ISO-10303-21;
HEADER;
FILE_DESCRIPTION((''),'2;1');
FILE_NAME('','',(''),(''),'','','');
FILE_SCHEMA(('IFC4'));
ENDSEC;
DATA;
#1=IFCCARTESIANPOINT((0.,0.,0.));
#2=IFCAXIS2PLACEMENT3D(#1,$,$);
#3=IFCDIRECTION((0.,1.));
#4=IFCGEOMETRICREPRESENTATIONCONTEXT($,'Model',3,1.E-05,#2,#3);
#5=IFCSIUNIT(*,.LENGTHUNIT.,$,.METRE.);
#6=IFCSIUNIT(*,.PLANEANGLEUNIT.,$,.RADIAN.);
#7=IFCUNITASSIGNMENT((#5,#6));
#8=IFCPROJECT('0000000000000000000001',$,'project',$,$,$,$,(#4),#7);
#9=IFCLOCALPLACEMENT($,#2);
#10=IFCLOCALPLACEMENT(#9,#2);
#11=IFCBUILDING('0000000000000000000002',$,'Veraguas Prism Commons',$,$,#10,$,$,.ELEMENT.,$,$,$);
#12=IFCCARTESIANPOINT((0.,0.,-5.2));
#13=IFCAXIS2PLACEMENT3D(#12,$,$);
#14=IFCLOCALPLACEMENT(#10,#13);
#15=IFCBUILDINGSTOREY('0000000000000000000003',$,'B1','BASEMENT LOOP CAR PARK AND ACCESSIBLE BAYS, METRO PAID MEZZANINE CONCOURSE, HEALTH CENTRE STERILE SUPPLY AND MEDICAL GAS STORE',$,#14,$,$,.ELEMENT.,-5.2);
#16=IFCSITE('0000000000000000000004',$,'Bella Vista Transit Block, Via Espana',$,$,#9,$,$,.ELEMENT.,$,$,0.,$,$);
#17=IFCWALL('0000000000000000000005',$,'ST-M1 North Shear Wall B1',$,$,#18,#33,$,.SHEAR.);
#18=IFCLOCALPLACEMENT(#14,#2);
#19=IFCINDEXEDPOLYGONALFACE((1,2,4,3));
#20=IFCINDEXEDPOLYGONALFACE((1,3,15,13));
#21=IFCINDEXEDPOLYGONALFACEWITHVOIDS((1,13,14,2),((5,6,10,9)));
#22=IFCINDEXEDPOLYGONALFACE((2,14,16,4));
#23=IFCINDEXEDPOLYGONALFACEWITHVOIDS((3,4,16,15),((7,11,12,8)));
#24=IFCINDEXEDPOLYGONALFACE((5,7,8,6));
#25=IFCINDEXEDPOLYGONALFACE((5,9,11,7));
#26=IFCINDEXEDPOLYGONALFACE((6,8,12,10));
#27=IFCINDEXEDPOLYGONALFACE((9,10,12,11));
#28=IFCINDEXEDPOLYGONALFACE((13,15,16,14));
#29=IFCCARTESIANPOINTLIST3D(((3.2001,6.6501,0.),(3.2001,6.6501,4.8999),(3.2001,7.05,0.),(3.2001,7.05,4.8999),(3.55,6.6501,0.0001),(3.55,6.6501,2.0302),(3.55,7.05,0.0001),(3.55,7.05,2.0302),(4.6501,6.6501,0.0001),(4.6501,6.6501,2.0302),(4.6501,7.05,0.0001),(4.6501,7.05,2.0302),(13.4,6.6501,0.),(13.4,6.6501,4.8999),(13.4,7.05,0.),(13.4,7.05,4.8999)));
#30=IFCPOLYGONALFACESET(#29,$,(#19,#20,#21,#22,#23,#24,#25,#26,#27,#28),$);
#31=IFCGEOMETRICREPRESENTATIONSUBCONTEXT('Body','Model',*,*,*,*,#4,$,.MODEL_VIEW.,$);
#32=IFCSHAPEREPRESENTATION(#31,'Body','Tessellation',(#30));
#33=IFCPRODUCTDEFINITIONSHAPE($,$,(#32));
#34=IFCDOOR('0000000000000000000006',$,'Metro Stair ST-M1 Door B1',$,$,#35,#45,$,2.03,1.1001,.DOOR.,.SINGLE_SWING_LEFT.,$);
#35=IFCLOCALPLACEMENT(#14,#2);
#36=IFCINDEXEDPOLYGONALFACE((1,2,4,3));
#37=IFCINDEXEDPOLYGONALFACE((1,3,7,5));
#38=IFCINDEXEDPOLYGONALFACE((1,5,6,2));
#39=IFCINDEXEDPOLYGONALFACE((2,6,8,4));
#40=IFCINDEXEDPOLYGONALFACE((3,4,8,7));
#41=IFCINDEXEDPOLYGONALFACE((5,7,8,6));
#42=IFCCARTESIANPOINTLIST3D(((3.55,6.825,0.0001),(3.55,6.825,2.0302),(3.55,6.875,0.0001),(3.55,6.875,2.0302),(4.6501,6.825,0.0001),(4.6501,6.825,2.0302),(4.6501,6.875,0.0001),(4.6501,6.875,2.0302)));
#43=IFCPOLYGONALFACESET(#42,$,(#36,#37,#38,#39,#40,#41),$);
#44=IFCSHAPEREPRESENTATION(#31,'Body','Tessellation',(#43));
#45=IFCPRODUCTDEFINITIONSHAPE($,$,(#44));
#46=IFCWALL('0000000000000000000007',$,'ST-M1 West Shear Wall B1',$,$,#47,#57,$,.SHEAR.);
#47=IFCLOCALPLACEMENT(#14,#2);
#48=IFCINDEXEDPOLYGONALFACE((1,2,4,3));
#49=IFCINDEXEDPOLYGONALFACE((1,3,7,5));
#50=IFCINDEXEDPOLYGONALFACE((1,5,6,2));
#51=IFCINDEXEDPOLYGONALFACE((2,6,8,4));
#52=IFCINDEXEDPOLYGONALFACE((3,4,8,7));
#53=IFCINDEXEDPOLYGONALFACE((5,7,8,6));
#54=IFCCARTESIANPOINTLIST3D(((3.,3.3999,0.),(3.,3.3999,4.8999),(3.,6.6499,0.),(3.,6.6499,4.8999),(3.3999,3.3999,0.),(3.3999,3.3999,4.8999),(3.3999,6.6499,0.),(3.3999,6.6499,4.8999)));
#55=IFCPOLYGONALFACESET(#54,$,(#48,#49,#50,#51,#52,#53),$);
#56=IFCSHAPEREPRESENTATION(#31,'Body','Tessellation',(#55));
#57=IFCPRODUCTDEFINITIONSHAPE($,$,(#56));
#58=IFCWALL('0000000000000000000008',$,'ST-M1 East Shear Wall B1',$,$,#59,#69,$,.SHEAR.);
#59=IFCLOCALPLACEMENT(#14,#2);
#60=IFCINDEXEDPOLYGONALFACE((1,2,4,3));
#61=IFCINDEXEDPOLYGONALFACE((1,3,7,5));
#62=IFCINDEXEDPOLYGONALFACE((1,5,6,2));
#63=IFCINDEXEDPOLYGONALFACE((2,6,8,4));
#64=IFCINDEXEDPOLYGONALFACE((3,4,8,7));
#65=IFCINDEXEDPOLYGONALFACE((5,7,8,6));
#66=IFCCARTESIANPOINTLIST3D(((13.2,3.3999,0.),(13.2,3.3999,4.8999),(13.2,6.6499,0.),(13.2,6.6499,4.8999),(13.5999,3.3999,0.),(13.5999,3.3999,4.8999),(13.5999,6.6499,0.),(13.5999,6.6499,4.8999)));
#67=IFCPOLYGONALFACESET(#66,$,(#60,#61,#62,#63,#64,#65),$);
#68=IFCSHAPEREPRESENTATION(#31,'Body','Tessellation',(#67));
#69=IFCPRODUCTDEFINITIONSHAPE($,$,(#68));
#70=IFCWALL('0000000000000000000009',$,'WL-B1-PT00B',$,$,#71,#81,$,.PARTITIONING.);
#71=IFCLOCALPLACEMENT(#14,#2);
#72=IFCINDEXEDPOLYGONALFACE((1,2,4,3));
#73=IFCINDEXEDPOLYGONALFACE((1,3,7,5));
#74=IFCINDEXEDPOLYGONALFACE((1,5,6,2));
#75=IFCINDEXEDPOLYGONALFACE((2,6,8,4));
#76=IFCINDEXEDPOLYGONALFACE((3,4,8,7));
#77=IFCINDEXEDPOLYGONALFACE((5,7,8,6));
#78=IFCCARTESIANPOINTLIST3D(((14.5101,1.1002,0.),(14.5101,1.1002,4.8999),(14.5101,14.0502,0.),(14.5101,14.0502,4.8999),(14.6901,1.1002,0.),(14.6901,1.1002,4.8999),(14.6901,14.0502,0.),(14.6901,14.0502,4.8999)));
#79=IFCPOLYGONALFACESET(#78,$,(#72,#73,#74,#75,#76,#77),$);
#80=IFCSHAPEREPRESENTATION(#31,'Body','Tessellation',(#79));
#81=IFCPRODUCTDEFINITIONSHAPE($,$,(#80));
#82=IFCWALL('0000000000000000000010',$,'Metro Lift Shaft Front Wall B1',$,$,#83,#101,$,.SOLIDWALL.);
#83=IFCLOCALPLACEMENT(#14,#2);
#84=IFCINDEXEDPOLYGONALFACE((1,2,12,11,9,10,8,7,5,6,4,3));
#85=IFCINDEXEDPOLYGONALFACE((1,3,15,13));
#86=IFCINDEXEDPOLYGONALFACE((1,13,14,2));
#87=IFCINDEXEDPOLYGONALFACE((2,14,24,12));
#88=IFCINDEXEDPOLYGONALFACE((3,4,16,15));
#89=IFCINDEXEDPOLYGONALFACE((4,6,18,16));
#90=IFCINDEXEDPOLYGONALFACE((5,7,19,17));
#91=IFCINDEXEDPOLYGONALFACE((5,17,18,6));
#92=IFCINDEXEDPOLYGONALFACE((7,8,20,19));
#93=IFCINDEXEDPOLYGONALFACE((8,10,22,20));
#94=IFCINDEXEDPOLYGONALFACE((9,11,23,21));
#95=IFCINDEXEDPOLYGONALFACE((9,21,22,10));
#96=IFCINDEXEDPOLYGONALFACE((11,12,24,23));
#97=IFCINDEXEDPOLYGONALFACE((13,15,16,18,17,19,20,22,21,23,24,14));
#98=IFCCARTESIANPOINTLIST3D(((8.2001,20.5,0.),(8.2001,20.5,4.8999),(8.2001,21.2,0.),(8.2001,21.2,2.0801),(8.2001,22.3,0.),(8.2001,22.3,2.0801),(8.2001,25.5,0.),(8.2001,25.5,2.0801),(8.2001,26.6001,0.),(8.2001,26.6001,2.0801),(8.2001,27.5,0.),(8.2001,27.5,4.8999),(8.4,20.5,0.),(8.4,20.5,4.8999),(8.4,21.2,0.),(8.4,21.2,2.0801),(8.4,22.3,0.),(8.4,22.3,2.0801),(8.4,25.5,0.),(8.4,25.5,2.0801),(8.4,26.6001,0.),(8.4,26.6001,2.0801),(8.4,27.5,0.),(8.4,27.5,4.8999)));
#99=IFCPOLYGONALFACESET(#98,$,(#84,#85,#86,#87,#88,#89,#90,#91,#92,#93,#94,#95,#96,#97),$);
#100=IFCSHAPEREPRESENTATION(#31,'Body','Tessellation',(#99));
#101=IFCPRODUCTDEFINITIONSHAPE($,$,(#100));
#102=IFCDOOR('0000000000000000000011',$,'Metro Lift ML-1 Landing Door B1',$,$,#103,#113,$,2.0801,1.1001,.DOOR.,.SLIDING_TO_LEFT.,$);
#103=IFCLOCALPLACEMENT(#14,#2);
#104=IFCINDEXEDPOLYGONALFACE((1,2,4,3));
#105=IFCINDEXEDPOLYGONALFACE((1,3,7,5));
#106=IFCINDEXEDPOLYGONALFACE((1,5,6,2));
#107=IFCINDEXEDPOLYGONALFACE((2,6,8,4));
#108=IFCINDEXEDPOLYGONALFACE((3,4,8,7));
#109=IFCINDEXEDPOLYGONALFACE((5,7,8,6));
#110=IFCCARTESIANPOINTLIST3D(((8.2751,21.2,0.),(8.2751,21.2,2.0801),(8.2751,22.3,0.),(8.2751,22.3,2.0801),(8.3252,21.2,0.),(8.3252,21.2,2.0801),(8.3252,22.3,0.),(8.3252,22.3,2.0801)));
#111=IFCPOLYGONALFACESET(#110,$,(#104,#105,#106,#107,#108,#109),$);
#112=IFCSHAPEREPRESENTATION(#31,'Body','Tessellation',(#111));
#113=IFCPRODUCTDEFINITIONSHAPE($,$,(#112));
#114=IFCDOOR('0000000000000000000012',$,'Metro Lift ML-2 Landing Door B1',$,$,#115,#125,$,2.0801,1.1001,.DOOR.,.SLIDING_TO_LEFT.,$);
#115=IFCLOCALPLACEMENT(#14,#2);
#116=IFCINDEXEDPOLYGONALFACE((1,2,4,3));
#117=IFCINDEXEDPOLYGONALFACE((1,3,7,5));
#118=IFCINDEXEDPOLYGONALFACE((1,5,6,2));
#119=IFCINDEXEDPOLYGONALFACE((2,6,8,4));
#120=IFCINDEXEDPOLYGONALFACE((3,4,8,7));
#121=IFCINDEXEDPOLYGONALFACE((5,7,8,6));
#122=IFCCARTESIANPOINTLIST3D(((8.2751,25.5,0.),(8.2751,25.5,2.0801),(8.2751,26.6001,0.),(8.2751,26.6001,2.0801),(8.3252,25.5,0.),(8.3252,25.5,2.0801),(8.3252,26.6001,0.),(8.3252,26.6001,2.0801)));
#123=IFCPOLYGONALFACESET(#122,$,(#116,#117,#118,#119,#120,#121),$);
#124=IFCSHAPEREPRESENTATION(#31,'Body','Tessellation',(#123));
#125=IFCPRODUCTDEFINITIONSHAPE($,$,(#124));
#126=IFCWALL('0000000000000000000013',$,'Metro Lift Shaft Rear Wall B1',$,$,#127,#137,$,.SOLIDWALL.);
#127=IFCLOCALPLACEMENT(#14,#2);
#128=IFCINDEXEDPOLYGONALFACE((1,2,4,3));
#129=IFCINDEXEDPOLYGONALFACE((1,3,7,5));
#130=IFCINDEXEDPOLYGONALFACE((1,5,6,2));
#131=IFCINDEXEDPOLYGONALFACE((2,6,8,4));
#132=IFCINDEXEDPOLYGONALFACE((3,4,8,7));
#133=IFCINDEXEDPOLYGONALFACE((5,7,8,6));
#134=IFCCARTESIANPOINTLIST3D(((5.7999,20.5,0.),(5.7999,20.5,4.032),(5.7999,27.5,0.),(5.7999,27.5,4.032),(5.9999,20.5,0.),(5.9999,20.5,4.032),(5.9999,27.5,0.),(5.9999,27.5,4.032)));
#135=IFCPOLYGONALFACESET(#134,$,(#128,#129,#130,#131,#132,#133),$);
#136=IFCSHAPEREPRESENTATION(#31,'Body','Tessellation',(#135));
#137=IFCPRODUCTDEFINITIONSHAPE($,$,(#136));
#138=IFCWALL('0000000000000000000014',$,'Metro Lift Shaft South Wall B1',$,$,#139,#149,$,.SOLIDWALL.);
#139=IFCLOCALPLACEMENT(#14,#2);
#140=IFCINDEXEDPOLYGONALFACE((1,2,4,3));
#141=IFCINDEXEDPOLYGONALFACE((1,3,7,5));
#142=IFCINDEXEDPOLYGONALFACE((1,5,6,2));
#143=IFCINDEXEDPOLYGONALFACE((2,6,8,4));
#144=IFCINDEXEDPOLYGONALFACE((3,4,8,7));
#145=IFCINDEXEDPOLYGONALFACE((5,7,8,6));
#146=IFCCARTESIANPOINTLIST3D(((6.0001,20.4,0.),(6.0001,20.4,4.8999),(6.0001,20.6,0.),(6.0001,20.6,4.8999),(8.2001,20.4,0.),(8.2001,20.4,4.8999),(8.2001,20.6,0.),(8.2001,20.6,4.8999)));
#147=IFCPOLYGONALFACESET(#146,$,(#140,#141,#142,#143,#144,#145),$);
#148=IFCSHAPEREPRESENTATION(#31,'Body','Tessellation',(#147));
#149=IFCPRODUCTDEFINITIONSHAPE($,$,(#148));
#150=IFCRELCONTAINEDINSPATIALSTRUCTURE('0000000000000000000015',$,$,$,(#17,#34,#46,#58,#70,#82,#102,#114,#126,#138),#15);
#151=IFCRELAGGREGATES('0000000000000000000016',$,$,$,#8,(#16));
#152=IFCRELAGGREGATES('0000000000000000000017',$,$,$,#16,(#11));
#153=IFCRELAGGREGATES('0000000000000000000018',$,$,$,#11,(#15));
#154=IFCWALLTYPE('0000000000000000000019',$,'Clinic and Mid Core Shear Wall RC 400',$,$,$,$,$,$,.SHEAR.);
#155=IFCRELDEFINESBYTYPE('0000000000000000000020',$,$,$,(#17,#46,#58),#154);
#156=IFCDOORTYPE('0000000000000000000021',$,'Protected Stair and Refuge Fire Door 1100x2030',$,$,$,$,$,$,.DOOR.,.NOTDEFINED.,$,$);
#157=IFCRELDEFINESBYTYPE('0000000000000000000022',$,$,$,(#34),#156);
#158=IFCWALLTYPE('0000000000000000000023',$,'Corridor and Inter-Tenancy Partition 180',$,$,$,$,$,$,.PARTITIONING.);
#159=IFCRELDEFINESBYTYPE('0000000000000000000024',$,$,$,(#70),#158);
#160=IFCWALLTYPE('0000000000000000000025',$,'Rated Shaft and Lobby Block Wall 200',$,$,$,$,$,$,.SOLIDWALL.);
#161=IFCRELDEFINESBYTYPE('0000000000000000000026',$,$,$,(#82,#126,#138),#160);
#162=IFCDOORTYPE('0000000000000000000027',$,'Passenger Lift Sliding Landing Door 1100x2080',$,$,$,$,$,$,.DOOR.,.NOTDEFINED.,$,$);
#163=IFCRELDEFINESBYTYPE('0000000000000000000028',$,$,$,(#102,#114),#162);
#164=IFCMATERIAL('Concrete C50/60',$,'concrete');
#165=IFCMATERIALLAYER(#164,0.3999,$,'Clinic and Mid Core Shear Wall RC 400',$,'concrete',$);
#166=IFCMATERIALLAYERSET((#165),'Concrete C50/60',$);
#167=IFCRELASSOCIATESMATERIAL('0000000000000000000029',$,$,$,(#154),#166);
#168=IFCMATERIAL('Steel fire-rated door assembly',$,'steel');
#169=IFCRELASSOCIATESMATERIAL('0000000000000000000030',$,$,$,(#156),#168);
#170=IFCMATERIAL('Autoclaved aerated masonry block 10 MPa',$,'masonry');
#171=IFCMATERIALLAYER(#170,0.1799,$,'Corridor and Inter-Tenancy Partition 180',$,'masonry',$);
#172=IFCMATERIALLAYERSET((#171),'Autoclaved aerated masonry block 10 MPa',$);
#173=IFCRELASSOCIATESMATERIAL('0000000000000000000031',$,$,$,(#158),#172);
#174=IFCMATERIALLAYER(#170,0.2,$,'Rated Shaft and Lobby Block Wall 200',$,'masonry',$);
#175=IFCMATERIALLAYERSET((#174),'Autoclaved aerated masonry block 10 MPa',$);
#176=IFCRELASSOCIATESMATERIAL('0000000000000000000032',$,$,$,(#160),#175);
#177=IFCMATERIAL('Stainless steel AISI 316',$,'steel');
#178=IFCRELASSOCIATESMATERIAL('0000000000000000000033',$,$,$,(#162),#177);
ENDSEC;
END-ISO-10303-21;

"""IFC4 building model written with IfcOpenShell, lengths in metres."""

from ifc_helpers import new_model, si_unit, direction, frame, frame_2d, origin, place, context, subcontext, project, spatial, rectangle, extrude, source, transform, mapped, material, layer, layer_set, type_object, element, fill, save


model = new_model("IFC4")

# Units and contexts
model_context = context("Model", 3, precision=1e-05, world=origin(), true_north=direction((0.0, 1.0)))
body_context = subcontext(model_context, "Body", "Model", "MODEL_VIEW")
ifc_project = project(units=[si_unit("LENGTHUNIT", "METRE"), si_unit("PLANEANGLEUNIT", "RADIAN")], contexts=[model_context])

# Site, building, storey
site_placement = place(None, origin())
site = spatial("IfcSite", under=ifc_project, at=site_placement, Name="Bella Vista Transit Block, Via Espana", CompositionType="ELEMENT", RefElevation=0.0)
building_placement = place(site_placement, origin())
building = spatial("IfcBuilding", under=site, at=building_placement, Name="Veraguas Prism Commons", CompositionType="ELEMENT")
storey_placement = place(building_placement, frame((0.0, 0.0, -5.2)))
storey = spatial("IfcBuildingStorey", under=building, at=storey_placement, Name="B1", Description="BASEMENT LOOP CAR PARK AND ACCESSIBLE BAYS, METRO PAID MEZZANINE CONCOURSE, HEALTH CENTRE STERILE SUPPLY AND MEDICAL GAS STORE", CompositionType="ELEMENT", Elevation=-5.2)

# Shared definitions
ifc_material_1 = material(Name="Concrete C50/60", Category="concrete")

# Shared definitions
ifc_layer_1 = layer(ifc_material_1, 0.3999, Name="Clinic and Mid Core Shear Wall RC 400", Category="concrete")
ifc_layer_set_1 = layer_set([ifc_layer_1], Name="Concrete C50/60")
wall_type_1 = type_object("IfcWallType", Name="Clinic and Mid Core Shear Wall RC 400", PredefinedType="SHEAR", material=ifc_layer_set_1)

# Wall, opening, door
wall_1_placement = place(storey_placement, frame((3.2, 6.8501, 0.0), z_axis=(0.0, 0.0, 1.0), x_axis=(1.0, 0.0, 0.0)))
wall_1 = element("IfcWall", 1, at=wall_1_placement, inside=storey, type_object=wall_type_1, Name="ST-M1 North Shear Wall B1", PredefinedType="SHEAR", context=body_context, shape_type="SweptSolid", body=[
    extrude(rectangle(XDim=10.2, YDim=0.3999, at=frame_2d((5.1001, 0.0))), origin(), (0.0, 0.0, 1.0), 4.8999),
])
opening_1_placement = place(wall_1_placement, frame((0.3501, 0.0, 0.0)))
opening_1 = element("IfcOpeningElement", 2, at=opening_1_placement, cuts=wall_1, PredefinedType="OPENING", context=body_context, shape_type="SweptSolid", body=[
    extrude(rectangle(XDim=1.1001, YDim=2.03, at=frame_2d((0.55, 1.0151))), frame((0.0, 0.21, 0.0), z_axis=(0.0, -1.0, 0.0), x_axis=(1.0, 0.0, 0.0)), (0.0, 0.0, 1.0), 0.4199),
])
ifc_material_2 = material(Name="Steel fire-rated door assembly", Category="steel")
door_type_1 = type_object("IfcDoorType", Name="Protected Stair and Refuge Fire Door 1100x2030", OperationType="NOTDEFINED", PredefinedType="DOOR", material=ifc_material_2)
shared_shape_1 = source(origin(), body_context, "Body", "SweptSolid", [
    extrude(rectangle(XDim=1.1001, YDim=2.03, at=frame_2d((0.55, 1.0151))), frame((0.0, 0.0249, 0.0), z_axis=(0.0, -1.0, 0.0), x_axis=(1.0, 0.0, 0.0)), (0.0, 0.0, 1.0), 0.05),
])
door_1_placement = place(opening_1_placement, origin())
door_1 = element("IfcDoor", 3, at=door_1_placement, inside=storey, type_object=door_type_1, Name="Metro Stair ST-M1 Door B1", OperationType="SINGLE_SWING_LEFT", OverallHeight=2.03, OverallWidth=1.1001, PredefinedType="DOOR", context=body_context, shape_type="MappedRepresentation", body=[
    mapped(shared_shape_1, transform((0.0, 0.0, 0.0), scale=1.0)),
])
fill(opening_1, door_1)

# Walls
for number, where, z_axis, x_axis, name in (
    (4, (3.2, 3.3999, 0.0), (0.0, 0.0, 1.0), (0.0, 1.0, 0.0), "ST-M1 West Shear Wall B1"),
    (5, (13.3999, 3.3999, 0.0), (0.0, 0.0, 1.0), (0.0, 1.0, 0.0), "ST-M1 East Shear Wall B1"),
):
    element("IfcWall", number, at=place(storey_placement, frame(where, z_axis=z_axis, x_axis=x_axis)), inside=storey, type_object=wall_type_1, Name=name, PredefinedType="SHEAR", context=body_context, shape_type="SweptSolid", body=[
        extrude(rectangle(XDim=3.25, YDim=0.3999, at=frame_2d((1.625, 0.0))), origin(), (0.0, 0.0, 1.0), 4.8999),
    ])
ifc_material_3 = material(Name="Autoclaved aerated masonry block 10 MPa", Category="masonry")
ifc_layer_2 = layer(ifc_material_3, 0.1799, Name="Corridor and Inter-Tenancy Partition 180", Category="masonry")
ifc_layer_set_2 = layer_set([ifc_layer_2], Name="Autoclaved aerated masonry block 10 MPa")
wall_type_2 = type_object("IfcWallType", Name="Corridor and Inter-Tenancy Partition 180", PredefinedType="PARTITIONING", material=ifc_layer_set_2)
wall_2_placement = place(storey_placement, frame((14.6001, 1.1001, 0.0), z_axis=(0.0, 0.0, 1.0), x_axis=(0.0, 1.0, 0.0)))
element("IfcWall", 6, at=wall_2_placement, inside=storey, type_object=wall_type_2, Name="WL-B1-PT00B", PredefinedType="PARTITIONING", context=body_context, shape_type="SweptSolid", body=[
    extrude(rectangle(XDim=12.95, YDim=0.1799, at=frame_2d((6.4751, 0.0))), origin(), (0.0, 0.0, 1.0), 4.8999),
])

# Wall, openings, doors
ifc_layer_3 = layer(ifc_material_3, 0.2, Name="Rated Shaft and Lobby Block Wall 200", Category="masonry")
ifc_layer_set_3 = layer_set([ifc_layer_3], Name="Autoclaved aerated masonry block 10 MPa")
wall_type_3 = type_object("IfcWallType", Name="Rated Shaft and Lobby Block Wall 200", PredefinedType="SOLIDWALL", material=ifc_layer_set_3)
wall_3_placement = place(storey_placement, frame((8.3, 20.5, 0.0), z_axis=(0.0, 0.0, 1.0), x_axis=(0.0, 1.0, 0.0)))
wall_3 = element("IfcWall", 7, at=wall_3_placement, inside=storey, type_object=wall_type_3, Name="Metro Lift Shaft Front Wall B1", PredefinedType="SOLIDWALL", context=body_context, shape_type="SweptSolid", body=[
    extrude(rectangle(XDim=7.0, YDim=0.2, at=frame_2d((3.5, 0.0))), origin(), (0.0, 0.0, 1.0), 4.8999),
])
opening_2_placement = place(wall_3_placement, frame((0.7, 0.0, 0.0)))
opening_2 = element("IfcOpeningElement", 8, at=opening_2_placement, cuts=wall_3, PredefinedType="OPENING", context=body_context, shape_type="SweptSolid", body=[
    extrude(rectangle(XDim=1.1001, YDim=2.0801, at=frame_2d((0.55, 1.04))), frame((0.0, 0.1099, 0.0), z_axis=(0.0, -1.0, 0.0), x_axis=(1.0, 0.0, 0.0)), (0.0, 0.0, 1.0), 0.22),
])
opening_3_placement = place(wall_3_placement, frame((5.0, 0.0, 0.0)))
opening_3 = element("IfcOpeningElement", 9, at=opening_3_placement, cuts=wall_3, PredefinedType="OPENING", context=body_context, shape_type="SweptSolid", body=[
    extrude(rectangle(XDim=1.1001, YDim=2.0801, at=frame_2d((0.55, 1.04))), frame((0.0, 0.1099, 0.0), z_axis=(0.0, -1.0, 0.0), x_axis=(1.0, 0.0, 0.0)), (0.0, 0.0, 1.0), 0.22),
])
ifc_material_4 = material(Name="Stainless steel AISI 316", Category="steel")
door_type_2 = type_object("IfcDoorType", Name="Passenger Lift Sliding Landing Door 1100x2080", OperationType="NOTDEFINED", PredefinedType="DOOR", material=ifc_material_4)
shared_shape_2 = source(origin(), body_context, "Body", "SweptSolid", [
    extrude(rectangle(XDim=1.1001, YDim=2.0801, at=frame_2d((0.55, 1.04))), frame((0.0, 0.0249, 0.0), z_axis=(0.0, -1.0, 0.0), x_axis=(1.0, 0.0, 0.0)), (0.0, 0.0, 1.0), 0.05),
])
door_2_placement = place(opening_2_placement, origin())
door_2 = element("IfcDoor", 10, at=door_2_placement, inside=storey, type_object=door_type_2, Name="Metro Lift ML-1 Landing Door B1", OperationType="SLIDING_TO_LEFT", OverallHeight=2.0801, OverallWidth=1.1001, PredefinedType="DOOR", context=body_context, shape_type="MappedRepresentation", body=[
    mapped(shared_shape_2, transform((0.0, 0.0, 0.0), scale=1.0)),
])
fill(opening_2, door_2)
door_3_placement = place(opening_3_placement, origin())
door_3 = element("IfcDoor", 11, at=door_3_placement, inside=storey, type_object=door_type_2, Name="Metro Lift ML-2 Landing Door B1", OperationType="SLIDING_TO_LEFT", OverallHeight=2.0801, OverallWidth=1.1001, PredefinedType="DOOR", context=body_context, shape_type="MappedRepresentation", body=[
    mapped(shared_shape_2, transform((0.0, 0.0, 0.0), scale=1.0)),
])
fill(opening_3, door_3)

# Walls
wall_4_placement = place(storey_placement, frame((5.8999, 20.5, 0.0), z_axis=(0.0, 0.0, 1.0), x_axis=(0.0, 1.0, 0.0)))
element("IfcWall", 12, at=wall_4_placement, inside=storey, type_object=wall_type_3, Name="Metro Lift Shaft Rear Wall B1", PredefinedType="SOLIDWALL", context=body_context, shape_type="SweptSolid", body=[
    extrude(rectangle(XDim=7.0, YDim=0.2, at=frame_2d((3.5, 0.0))), origin(), (0.0, 0.0, 1.0), 4.032),
])
wall_5_placement = place(storey_placement, frame((6.0, 20.5, 0.0), z_axis=(0.0, 0.0, 1.0), x_axis=(1.0, 0.0, 0.0)))
element("IfcWall", 13, at=wall_5_placement, inside=storey, type_object=wall_type_3, Name="Metro Lift Shaft South Wall B1", PredefinedType="SOLIDWALL", context=body_context, shape_type="SweptSolid", body=[
    extrude(rectangle(XDim=2.2, YDim=0.2, at=frame_2d((1.1001, 0.0))), origin(), (0.0, 0.0, 1.0), 4.8999),
])

save(model, "model.ifc")
